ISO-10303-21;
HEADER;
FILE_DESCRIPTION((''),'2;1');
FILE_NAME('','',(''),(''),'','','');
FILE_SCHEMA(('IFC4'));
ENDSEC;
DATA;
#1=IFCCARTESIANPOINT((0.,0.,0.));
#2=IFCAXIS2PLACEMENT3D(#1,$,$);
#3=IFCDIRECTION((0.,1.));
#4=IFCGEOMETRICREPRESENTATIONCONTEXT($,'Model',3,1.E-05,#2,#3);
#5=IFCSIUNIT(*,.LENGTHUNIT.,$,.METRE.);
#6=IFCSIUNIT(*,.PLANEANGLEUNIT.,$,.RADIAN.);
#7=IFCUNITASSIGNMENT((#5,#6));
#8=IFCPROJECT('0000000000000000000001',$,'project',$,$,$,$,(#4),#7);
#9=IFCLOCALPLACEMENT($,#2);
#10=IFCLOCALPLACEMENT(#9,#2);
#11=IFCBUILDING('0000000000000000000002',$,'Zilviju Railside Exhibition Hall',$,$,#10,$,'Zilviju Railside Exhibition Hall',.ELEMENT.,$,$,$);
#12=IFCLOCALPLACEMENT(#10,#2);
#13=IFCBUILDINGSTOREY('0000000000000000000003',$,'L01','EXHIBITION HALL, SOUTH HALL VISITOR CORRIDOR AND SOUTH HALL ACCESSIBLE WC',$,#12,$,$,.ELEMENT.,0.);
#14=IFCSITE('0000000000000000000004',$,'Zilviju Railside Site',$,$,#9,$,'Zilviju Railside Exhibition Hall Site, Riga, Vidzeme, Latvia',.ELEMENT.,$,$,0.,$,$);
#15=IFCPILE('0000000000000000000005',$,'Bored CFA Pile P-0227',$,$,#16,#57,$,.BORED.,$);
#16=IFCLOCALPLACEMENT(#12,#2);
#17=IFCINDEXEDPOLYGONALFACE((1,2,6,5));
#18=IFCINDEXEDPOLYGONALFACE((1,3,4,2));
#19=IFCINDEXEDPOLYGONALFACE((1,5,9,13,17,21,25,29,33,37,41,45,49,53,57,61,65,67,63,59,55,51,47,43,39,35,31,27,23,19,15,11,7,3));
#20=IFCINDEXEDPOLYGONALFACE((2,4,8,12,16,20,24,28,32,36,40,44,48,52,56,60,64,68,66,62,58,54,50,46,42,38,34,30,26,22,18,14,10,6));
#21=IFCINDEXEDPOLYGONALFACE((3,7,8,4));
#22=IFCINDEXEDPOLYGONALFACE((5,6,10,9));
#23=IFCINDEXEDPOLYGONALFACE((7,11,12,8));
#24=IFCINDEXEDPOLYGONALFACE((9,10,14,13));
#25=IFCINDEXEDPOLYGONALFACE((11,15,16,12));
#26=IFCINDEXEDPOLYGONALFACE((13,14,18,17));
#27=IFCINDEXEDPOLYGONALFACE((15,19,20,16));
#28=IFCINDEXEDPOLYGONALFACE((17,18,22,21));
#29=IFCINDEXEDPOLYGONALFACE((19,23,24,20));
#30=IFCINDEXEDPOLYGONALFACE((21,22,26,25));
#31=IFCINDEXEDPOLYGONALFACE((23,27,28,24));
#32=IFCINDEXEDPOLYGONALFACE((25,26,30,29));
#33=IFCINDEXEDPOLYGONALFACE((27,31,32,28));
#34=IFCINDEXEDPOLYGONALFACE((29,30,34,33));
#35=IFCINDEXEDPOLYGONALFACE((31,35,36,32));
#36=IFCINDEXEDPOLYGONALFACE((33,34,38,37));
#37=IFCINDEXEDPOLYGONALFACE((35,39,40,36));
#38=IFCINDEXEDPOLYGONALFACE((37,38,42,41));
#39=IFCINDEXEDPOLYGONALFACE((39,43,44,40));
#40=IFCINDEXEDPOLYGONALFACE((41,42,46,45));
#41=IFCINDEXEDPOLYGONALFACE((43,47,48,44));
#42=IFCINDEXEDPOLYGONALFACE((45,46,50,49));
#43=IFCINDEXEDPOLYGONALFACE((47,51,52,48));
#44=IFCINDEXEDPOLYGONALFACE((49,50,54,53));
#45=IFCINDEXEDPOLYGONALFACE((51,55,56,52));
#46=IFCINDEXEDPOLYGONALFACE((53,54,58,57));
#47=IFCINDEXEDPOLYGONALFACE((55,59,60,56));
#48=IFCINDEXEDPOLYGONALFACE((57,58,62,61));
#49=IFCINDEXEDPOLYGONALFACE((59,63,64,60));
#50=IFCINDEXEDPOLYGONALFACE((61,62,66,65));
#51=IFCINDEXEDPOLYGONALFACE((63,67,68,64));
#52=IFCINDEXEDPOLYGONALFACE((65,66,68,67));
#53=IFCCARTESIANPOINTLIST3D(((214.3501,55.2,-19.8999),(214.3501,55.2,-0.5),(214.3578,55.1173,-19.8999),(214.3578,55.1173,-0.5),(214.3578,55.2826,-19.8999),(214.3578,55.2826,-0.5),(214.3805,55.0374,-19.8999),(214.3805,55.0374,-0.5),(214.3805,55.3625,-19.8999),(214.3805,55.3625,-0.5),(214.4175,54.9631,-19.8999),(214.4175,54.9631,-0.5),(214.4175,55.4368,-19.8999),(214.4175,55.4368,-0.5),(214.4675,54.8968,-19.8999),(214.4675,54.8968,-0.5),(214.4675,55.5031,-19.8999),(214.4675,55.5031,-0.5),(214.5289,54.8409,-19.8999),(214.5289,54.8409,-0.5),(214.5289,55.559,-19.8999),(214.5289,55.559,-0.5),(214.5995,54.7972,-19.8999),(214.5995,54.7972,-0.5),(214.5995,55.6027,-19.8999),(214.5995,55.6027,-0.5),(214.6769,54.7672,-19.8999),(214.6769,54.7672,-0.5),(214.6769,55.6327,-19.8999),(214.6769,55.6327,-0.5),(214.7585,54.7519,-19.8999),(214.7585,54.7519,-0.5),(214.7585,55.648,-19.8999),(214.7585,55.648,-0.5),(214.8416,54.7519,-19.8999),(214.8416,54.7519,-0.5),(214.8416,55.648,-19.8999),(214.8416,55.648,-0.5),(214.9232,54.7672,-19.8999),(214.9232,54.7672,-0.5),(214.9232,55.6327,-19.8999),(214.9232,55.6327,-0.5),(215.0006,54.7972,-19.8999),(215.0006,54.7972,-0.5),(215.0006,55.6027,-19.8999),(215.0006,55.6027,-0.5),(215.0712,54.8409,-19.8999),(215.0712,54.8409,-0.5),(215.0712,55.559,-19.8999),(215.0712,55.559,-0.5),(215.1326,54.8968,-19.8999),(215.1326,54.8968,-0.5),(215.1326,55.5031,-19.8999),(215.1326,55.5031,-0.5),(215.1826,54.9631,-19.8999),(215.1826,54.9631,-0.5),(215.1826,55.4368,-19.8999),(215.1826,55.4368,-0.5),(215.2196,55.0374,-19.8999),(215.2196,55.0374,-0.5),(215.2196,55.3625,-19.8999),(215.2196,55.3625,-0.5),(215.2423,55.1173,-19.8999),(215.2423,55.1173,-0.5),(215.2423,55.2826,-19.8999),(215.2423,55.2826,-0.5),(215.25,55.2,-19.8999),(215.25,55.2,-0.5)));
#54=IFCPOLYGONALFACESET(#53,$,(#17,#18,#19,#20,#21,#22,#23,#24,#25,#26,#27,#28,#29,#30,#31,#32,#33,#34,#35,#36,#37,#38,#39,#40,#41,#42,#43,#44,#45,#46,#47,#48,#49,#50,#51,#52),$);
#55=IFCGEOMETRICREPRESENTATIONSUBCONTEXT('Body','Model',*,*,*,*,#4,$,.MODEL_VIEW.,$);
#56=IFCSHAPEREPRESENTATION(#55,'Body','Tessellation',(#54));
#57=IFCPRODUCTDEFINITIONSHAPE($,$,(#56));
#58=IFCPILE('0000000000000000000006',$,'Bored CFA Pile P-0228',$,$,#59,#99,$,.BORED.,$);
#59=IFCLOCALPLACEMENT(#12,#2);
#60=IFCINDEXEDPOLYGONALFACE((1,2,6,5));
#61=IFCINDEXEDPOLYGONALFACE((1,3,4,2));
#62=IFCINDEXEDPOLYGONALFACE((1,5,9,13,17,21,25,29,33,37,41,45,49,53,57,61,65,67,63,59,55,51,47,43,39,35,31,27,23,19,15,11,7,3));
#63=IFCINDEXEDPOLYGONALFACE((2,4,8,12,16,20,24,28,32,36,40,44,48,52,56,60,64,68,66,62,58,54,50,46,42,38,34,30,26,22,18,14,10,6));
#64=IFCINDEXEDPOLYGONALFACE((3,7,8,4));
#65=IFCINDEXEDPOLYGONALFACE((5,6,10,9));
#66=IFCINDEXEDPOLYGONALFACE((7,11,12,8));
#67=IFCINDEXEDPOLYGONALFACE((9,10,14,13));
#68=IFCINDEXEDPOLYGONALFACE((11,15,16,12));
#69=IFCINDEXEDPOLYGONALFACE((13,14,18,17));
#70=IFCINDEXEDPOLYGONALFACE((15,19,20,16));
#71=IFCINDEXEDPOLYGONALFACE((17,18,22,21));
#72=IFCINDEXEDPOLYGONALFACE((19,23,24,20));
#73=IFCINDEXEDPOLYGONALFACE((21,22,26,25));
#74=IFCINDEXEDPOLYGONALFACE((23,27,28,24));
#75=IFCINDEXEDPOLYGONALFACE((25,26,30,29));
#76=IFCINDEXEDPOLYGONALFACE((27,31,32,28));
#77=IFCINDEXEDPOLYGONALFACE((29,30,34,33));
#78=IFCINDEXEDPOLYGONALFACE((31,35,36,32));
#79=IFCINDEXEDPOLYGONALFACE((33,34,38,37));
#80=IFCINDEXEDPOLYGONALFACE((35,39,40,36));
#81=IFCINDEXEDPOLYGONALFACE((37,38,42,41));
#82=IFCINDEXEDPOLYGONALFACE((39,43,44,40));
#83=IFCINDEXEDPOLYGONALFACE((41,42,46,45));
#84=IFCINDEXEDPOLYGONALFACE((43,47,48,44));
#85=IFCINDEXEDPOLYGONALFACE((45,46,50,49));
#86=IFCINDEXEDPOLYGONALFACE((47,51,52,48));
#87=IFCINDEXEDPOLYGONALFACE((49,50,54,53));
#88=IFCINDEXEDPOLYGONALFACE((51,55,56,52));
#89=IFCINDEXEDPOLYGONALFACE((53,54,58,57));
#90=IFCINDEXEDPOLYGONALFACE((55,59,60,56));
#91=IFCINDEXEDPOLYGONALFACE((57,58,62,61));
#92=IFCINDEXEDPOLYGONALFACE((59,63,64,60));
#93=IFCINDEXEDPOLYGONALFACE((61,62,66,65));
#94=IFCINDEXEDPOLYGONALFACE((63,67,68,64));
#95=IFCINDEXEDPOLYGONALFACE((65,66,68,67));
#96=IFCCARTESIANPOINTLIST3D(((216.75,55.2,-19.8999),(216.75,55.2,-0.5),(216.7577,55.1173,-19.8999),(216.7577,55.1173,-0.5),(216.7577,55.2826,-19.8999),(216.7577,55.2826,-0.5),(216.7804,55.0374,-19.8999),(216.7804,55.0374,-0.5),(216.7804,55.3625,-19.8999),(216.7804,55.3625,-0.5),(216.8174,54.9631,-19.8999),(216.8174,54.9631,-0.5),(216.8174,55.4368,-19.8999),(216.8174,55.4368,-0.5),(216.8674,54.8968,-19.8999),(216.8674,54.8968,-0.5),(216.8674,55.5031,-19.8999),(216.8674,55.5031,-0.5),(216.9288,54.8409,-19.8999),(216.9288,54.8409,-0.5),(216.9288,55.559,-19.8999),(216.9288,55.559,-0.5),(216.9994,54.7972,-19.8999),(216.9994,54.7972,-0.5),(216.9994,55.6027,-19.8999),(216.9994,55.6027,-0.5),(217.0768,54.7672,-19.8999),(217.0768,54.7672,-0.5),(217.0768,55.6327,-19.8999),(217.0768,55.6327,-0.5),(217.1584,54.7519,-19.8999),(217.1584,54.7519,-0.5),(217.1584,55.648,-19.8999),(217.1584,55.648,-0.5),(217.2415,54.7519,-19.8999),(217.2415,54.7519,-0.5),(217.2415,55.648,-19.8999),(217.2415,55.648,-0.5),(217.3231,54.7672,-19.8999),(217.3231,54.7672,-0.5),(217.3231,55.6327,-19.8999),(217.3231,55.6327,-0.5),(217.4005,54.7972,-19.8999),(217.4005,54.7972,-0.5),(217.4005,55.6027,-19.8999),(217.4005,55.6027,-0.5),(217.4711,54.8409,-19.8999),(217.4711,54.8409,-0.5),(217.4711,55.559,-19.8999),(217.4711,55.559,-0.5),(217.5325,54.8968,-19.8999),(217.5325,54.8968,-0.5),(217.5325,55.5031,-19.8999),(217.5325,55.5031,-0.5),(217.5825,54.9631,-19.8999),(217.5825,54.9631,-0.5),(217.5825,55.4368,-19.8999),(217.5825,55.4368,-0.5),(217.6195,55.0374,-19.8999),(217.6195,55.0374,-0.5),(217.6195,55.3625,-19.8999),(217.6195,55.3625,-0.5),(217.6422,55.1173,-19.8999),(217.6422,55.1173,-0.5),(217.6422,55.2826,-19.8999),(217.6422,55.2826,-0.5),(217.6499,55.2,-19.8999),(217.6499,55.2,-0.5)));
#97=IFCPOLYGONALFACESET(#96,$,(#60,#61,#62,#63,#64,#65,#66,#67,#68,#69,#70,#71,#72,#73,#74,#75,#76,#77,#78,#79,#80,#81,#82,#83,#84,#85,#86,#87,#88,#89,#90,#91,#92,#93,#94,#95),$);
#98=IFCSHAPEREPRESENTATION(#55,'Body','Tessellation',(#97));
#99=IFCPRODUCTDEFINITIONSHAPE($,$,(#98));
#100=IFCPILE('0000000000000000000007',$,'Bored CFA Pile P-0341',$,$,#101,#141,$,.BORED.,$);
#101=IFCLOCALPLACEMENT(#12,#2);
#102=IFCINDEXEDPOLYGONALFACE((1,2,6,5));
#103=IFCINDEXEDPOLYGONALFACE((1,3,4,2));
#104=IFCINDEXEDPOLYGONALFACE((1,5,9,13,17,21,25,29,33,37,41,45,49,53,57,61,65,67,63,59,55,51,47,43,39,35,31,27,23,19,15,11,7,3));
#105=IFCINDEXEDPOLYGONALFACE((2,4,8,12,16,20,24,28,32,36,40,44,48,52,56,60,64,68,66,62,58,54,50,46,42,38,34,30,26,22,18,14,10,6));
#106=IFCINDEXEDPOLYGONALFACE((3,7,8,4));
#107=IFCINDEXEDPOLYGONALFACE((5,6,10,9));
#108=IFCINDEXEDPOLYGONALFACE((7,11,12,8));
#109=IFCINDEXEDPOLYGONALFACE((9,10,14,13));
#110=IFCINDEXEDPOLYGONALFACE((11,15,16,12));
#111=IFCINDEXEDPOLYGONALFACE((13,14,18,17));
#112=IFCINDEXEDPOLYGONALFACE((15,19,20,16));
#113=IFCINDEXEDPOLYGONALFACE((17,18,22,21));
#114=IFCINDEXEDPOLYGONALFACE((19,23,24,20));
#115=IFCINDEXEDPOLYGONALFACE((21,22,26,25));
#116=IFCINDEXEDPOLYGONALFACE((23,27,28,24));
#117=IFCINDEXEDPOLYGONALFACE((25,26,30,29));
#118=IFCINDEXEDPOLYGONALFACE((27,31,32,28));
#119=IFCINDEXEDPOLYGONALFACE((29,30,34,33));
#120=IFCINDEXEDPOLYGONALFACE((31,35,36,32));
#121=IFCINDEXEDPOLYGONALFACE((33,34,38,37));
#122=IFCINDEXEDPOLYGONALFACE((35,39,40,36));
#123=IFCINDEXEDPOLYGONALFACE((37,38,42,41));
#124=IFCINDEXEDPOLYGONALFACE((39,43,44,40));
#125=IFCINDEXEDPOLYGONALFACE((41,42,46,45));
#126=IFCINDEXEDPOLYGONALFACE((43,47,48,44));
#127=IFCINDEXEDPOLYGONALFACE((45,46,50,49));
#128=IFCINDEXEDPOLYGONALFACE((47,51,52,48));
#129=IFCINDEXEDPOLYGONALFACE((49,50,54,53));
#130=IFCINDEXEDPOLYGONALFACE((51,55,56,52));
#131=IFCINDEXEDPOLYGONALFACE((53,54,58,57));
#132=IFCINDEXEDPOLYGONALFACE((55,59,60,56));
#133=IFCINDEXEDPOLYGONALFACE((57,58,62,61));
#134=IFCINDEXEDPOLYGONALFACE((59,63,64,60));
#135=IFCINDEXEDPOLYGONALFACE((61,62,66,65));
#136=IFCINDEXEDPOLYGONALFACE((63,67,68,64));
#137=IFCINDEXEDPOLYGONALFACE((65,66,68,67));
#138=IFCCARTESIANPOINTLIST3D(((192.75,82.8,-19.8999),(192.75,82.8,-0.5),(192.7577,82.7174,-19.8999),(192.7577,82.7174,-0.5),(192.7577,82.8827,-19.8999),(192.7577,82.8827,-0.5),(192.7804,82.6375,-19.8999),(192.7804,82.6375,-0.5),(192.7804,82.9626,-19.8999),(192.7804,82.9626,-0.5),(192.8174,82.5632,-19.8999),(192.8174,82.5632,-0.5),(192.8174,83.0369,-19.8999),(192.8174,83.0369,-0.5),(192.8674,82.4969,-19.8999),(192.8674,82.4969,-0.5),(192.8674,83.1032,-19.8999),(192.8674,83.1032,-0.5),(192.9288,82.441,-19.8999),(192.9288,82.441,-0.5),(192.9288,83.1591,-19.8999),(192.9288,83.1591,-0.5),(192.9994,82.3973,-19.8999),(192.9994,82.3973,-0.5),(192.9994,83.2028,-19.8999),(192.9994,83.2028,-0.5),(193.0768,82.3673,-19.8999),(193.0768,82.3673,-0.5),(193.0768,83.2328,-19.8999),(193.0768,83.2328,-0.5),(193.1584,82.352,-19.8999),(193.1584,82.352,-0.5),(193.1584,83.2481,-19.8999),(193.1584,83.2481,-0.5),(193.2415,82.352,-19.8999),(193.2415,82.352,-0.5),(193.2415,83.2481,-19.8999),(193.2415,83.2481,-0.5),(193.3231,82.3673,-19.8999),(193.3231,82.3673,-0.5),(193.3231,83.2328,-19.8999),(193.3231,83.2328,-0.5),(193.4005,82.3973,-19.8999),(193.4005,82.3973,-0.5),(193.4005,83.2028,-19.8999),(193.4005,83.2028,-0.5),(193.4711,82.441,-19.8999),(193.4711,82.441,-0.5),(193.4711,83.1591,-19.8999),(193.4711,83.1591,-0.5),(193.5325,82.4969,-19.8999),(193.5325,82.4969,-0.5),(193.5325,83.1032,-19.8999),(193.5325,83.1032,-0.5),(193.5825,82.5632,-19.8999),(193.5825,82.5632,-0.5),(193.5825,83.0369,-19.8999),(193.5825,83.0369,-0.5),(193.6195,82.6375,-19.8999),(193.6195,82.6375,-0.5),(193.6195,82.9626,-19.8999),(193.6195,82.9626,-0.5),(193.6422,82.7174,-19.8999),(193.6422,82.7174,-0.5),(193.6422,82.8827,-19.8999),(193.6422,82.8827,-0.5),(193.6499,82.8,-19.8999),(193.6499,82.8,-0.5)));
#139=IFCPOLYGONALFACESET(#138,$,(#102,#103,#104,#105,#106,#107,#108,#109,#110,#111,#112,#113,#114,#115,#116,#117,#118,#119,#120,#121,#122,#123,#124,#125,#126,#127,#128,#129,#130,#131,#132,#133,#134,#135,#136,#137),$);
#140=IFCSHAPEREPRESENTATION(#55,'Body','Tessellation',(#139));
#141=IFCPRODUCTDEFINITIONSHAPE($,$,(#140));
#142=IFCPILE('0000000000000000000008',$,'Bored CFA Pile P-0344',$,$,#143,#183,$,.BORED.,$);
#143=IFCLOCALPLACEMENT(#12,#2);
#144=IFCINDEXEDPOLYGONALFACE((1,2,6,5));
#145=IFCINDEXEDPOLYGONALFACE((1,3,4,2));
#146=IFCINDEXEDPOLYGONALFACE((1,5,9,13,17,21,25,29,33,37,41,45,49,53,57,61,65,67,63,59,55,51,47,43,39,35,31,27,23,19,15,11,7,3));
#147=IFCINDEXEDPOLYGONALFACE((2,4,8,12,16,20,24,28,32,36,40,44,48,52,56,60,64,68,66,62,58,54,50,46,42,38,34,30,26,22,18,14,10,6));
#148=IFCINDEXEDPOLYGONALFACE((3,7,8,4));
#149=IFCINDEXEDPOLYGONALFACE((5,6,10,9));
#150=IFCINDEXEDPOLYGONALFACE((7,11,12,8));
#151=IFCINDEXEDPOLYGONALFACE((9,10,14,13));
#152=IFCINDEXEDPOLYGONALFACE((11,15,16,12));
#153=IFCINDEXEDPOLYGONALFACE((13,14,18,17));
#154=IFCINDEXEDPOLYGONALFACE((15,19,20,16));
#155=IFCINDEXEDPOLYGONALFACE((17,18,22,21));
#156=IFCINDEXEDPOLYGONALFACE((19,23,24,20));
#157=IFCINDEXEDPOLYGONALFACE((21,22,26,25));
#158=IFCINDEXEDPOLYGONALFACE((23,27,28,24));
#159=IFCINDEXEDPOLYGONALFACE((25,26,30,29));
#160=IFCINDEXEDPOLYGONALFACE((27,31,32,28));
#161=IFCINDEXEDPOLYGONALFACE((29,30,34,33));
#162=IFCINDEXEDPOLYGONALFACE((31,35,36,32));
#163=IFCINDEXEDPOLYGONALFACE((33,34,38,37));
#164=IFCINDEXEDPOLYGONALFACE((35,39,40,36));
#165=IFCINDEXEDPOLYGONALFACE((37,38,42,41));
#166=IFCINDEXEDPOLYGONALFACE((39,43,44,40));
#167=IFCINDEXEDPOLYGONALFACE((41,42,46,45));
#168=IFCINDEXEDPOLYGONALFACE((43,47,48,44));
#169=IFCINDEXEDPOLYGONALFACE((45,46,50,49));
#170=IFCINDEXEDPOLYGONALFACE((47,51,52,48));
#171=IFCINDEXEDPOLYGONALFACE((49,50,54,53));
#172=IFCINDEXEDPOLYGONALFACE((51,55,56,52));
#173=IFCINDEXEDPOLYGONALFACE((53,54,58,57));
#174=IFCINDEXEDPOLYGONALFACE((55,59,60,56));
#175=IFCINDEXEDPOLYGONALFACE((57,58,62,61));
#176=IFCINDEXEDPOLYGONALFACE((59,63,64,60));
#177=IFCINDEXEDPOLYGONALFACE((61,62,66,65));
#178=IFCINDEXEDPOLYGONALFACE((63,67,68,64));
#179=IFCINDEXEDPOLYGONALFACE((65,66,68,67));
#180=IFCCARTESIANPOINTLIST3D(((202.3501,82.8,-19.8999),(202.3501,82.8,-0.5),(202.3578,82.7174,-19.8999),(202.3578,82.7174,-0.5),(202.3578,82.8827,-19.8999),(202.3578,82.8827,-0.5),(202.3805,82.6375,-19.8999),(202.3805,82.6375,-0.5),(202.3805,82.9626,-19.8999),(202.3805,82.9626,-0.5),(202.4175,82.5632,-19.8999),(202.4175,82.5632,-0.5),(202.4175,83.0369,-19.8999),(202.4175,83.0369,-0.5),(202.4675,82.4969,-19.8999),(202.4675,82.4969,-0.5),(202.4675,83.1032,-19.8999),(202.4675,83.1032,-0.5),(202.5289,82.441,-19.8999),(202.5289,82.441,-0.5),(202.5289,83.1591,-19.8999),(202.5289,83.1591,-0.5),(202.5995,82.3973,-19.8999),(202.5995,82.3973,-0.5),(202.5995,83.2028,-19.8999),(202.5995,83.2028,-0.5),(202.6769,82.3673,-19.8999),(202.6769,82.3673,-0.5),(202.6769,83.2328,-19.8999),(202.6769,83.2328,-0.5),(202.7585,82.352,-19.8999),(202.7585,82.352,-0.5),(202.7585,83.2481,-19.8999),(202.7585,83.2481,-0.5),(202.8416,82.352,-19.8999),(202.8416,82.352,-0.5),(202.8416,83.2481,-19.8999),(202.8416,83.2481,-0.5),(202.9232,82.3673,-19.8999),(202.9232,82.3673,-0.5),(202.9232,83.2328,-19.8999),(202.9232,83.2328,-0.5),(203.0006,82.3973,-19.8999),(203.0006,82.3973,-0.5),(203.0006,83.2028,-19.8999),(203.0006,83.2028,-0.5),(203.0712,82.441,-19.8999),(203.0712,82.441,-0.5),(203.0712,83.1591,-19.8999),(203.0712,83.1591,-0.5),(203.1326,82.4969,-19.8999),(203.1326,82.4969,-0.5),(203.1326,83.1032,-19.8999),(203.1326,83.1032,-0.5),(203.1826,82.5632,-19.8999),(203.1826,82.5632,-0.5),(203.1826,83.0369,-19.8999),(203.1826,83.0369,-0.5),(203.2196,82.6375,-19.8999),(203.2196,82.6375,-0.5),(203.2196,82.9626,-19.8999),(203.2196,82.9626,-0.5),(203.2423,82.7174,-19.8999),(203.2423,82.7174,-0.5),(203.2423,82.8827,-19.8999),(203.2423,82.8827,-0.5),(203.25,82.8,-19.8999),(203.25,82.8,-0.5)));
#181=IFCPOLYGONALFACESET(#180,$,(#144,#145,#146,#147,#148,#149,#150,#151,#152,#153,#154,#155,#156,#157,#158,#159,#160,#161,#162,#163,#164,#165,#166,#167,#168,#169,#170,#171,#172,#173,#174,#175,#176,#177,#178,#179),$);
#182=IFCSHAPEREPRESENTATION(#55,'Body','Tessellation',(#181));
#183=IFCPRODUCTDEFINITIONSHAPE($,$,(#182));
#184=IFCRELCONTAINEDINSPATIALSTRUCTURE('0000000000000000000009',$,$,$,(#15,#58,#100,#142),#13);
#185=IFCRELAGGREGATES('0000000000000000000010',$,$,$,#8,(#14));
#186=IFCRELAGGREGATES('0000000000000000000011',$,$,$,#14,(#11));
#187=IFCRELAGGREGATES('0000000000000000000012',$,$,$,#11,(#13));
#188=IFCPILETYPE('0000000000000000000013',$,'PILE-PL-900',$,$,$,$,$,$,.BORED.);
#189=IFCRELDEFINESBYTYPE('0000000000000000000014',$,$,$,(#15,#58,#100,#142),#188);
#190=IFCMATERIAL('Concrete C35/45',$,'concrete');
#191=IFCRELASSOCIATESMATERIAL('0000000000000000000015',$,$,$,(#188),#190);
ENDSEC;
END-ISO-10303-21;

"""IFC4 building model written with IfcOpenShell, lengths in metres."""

from ifc_helpers import new_model, si_unit, direction, frame, origin, origin_2d, place, context, subcontext, project, spatial, circle, extrude, material, material_profile, profile_set, type_object, element, save


model = new_model("IFC4")

# Units and contexts
model_context = context("Model", 3, precision=1e-05, world=origin(), true_north=direction((0.0, 1.0)))
body_context = subcontext(model_context, "Body", "Model", "MODEL_VIEW")
ifc_project = project(units=[si_unit("LENGTHUNIT", "METRE"), si_unit("PLANEANGLEUNIT", "RADIAN")], contexts=[model_context])

# Site, building, storey
site_placement = place(None, origin())
site = spatial("IfcSite", under=ifc_project, at=site_placement, Name="Zilviju Railside Site", LongName="Zilviju Railside Exhibition Hall Site, Riga, Vidzeme, Latvia", CompositionType="ELEMENT", RefElevation=0.0)
building_placement = place(site_placement, origin())
building = spatial("IfcBuilding", under=site, at=building_placement, Name="Zilviju Railside Exhibition Hall", LongName="Zilviju Railside Exhibition Hall", CompositionType="ELEMENT")
storey_placement = place(building_placement, origin())
storey = spatial("IfcBuildingStorey", under=building, at=storey_placement, Name="L01", Description="EXHIBITION HALL, SOUTH HALL VISITOR CORRIDOR AND SOUTH HALL ACCESSIBLE WC", CompositionType="ELEMENT", Elevation=0.0)

# Shared definitions
ifc_material_1 = material(Name="Concrete C35/45", Category="concrete")

# Piles
ifc_material_profile_1 = material_profile(ifc_material_1, circle(Radius=0.45, at=origin_2d()), Name="CFA PILE D900")
ifc_profile_set_1 = profile_set([ifc_material_profile_1], Name="Concrete C35/45")
pile_type = type_object("IfcPileType", Name="PILE-PL-900", PredefinedType="BORED", material=ifc_profile_set_1)
for number, where, z_axis, x_axis, name in (
    (1, (214.8, 55.2, -0.5), (0.0, 0.0, -1.0), (1.0, 0.0, 0.0), "Bored CFA Pile P-0227"),
    (2, (217.2, 55.2, -0.5), (0.0, 0.0, -1.0), (1.0, 0.0, 0.0), "Bored CFA Pile P-0228"),
    (3, (193.2, 82.8, -0.5), (0.0, 0.0, -1.0), (1.0, 0.0, 0.0), "Bored CFA Pile P-0341"),
    (4, (202.8, 82.8, -0.5), (0.0, 0.0, -1.0), (1.0, 0.0, 0.0), "Bored CFA Pile P-0344"),
):
    element("IfcPile", number, at=place(storey_placement, frame(where, z_axis=z_axis, x_axis=x_axis)), inside=storey, type_object=pile_type, Name=name, PredefinedType="BORED", context=body_context, shape_type="SweptSolid", body=[
        extrude(circle(Radius=0.45, at=origin_2d()), origin(), (0.0, 0.0, 1.0), 19.3999),
    ])

save(model, "model.ifc")
